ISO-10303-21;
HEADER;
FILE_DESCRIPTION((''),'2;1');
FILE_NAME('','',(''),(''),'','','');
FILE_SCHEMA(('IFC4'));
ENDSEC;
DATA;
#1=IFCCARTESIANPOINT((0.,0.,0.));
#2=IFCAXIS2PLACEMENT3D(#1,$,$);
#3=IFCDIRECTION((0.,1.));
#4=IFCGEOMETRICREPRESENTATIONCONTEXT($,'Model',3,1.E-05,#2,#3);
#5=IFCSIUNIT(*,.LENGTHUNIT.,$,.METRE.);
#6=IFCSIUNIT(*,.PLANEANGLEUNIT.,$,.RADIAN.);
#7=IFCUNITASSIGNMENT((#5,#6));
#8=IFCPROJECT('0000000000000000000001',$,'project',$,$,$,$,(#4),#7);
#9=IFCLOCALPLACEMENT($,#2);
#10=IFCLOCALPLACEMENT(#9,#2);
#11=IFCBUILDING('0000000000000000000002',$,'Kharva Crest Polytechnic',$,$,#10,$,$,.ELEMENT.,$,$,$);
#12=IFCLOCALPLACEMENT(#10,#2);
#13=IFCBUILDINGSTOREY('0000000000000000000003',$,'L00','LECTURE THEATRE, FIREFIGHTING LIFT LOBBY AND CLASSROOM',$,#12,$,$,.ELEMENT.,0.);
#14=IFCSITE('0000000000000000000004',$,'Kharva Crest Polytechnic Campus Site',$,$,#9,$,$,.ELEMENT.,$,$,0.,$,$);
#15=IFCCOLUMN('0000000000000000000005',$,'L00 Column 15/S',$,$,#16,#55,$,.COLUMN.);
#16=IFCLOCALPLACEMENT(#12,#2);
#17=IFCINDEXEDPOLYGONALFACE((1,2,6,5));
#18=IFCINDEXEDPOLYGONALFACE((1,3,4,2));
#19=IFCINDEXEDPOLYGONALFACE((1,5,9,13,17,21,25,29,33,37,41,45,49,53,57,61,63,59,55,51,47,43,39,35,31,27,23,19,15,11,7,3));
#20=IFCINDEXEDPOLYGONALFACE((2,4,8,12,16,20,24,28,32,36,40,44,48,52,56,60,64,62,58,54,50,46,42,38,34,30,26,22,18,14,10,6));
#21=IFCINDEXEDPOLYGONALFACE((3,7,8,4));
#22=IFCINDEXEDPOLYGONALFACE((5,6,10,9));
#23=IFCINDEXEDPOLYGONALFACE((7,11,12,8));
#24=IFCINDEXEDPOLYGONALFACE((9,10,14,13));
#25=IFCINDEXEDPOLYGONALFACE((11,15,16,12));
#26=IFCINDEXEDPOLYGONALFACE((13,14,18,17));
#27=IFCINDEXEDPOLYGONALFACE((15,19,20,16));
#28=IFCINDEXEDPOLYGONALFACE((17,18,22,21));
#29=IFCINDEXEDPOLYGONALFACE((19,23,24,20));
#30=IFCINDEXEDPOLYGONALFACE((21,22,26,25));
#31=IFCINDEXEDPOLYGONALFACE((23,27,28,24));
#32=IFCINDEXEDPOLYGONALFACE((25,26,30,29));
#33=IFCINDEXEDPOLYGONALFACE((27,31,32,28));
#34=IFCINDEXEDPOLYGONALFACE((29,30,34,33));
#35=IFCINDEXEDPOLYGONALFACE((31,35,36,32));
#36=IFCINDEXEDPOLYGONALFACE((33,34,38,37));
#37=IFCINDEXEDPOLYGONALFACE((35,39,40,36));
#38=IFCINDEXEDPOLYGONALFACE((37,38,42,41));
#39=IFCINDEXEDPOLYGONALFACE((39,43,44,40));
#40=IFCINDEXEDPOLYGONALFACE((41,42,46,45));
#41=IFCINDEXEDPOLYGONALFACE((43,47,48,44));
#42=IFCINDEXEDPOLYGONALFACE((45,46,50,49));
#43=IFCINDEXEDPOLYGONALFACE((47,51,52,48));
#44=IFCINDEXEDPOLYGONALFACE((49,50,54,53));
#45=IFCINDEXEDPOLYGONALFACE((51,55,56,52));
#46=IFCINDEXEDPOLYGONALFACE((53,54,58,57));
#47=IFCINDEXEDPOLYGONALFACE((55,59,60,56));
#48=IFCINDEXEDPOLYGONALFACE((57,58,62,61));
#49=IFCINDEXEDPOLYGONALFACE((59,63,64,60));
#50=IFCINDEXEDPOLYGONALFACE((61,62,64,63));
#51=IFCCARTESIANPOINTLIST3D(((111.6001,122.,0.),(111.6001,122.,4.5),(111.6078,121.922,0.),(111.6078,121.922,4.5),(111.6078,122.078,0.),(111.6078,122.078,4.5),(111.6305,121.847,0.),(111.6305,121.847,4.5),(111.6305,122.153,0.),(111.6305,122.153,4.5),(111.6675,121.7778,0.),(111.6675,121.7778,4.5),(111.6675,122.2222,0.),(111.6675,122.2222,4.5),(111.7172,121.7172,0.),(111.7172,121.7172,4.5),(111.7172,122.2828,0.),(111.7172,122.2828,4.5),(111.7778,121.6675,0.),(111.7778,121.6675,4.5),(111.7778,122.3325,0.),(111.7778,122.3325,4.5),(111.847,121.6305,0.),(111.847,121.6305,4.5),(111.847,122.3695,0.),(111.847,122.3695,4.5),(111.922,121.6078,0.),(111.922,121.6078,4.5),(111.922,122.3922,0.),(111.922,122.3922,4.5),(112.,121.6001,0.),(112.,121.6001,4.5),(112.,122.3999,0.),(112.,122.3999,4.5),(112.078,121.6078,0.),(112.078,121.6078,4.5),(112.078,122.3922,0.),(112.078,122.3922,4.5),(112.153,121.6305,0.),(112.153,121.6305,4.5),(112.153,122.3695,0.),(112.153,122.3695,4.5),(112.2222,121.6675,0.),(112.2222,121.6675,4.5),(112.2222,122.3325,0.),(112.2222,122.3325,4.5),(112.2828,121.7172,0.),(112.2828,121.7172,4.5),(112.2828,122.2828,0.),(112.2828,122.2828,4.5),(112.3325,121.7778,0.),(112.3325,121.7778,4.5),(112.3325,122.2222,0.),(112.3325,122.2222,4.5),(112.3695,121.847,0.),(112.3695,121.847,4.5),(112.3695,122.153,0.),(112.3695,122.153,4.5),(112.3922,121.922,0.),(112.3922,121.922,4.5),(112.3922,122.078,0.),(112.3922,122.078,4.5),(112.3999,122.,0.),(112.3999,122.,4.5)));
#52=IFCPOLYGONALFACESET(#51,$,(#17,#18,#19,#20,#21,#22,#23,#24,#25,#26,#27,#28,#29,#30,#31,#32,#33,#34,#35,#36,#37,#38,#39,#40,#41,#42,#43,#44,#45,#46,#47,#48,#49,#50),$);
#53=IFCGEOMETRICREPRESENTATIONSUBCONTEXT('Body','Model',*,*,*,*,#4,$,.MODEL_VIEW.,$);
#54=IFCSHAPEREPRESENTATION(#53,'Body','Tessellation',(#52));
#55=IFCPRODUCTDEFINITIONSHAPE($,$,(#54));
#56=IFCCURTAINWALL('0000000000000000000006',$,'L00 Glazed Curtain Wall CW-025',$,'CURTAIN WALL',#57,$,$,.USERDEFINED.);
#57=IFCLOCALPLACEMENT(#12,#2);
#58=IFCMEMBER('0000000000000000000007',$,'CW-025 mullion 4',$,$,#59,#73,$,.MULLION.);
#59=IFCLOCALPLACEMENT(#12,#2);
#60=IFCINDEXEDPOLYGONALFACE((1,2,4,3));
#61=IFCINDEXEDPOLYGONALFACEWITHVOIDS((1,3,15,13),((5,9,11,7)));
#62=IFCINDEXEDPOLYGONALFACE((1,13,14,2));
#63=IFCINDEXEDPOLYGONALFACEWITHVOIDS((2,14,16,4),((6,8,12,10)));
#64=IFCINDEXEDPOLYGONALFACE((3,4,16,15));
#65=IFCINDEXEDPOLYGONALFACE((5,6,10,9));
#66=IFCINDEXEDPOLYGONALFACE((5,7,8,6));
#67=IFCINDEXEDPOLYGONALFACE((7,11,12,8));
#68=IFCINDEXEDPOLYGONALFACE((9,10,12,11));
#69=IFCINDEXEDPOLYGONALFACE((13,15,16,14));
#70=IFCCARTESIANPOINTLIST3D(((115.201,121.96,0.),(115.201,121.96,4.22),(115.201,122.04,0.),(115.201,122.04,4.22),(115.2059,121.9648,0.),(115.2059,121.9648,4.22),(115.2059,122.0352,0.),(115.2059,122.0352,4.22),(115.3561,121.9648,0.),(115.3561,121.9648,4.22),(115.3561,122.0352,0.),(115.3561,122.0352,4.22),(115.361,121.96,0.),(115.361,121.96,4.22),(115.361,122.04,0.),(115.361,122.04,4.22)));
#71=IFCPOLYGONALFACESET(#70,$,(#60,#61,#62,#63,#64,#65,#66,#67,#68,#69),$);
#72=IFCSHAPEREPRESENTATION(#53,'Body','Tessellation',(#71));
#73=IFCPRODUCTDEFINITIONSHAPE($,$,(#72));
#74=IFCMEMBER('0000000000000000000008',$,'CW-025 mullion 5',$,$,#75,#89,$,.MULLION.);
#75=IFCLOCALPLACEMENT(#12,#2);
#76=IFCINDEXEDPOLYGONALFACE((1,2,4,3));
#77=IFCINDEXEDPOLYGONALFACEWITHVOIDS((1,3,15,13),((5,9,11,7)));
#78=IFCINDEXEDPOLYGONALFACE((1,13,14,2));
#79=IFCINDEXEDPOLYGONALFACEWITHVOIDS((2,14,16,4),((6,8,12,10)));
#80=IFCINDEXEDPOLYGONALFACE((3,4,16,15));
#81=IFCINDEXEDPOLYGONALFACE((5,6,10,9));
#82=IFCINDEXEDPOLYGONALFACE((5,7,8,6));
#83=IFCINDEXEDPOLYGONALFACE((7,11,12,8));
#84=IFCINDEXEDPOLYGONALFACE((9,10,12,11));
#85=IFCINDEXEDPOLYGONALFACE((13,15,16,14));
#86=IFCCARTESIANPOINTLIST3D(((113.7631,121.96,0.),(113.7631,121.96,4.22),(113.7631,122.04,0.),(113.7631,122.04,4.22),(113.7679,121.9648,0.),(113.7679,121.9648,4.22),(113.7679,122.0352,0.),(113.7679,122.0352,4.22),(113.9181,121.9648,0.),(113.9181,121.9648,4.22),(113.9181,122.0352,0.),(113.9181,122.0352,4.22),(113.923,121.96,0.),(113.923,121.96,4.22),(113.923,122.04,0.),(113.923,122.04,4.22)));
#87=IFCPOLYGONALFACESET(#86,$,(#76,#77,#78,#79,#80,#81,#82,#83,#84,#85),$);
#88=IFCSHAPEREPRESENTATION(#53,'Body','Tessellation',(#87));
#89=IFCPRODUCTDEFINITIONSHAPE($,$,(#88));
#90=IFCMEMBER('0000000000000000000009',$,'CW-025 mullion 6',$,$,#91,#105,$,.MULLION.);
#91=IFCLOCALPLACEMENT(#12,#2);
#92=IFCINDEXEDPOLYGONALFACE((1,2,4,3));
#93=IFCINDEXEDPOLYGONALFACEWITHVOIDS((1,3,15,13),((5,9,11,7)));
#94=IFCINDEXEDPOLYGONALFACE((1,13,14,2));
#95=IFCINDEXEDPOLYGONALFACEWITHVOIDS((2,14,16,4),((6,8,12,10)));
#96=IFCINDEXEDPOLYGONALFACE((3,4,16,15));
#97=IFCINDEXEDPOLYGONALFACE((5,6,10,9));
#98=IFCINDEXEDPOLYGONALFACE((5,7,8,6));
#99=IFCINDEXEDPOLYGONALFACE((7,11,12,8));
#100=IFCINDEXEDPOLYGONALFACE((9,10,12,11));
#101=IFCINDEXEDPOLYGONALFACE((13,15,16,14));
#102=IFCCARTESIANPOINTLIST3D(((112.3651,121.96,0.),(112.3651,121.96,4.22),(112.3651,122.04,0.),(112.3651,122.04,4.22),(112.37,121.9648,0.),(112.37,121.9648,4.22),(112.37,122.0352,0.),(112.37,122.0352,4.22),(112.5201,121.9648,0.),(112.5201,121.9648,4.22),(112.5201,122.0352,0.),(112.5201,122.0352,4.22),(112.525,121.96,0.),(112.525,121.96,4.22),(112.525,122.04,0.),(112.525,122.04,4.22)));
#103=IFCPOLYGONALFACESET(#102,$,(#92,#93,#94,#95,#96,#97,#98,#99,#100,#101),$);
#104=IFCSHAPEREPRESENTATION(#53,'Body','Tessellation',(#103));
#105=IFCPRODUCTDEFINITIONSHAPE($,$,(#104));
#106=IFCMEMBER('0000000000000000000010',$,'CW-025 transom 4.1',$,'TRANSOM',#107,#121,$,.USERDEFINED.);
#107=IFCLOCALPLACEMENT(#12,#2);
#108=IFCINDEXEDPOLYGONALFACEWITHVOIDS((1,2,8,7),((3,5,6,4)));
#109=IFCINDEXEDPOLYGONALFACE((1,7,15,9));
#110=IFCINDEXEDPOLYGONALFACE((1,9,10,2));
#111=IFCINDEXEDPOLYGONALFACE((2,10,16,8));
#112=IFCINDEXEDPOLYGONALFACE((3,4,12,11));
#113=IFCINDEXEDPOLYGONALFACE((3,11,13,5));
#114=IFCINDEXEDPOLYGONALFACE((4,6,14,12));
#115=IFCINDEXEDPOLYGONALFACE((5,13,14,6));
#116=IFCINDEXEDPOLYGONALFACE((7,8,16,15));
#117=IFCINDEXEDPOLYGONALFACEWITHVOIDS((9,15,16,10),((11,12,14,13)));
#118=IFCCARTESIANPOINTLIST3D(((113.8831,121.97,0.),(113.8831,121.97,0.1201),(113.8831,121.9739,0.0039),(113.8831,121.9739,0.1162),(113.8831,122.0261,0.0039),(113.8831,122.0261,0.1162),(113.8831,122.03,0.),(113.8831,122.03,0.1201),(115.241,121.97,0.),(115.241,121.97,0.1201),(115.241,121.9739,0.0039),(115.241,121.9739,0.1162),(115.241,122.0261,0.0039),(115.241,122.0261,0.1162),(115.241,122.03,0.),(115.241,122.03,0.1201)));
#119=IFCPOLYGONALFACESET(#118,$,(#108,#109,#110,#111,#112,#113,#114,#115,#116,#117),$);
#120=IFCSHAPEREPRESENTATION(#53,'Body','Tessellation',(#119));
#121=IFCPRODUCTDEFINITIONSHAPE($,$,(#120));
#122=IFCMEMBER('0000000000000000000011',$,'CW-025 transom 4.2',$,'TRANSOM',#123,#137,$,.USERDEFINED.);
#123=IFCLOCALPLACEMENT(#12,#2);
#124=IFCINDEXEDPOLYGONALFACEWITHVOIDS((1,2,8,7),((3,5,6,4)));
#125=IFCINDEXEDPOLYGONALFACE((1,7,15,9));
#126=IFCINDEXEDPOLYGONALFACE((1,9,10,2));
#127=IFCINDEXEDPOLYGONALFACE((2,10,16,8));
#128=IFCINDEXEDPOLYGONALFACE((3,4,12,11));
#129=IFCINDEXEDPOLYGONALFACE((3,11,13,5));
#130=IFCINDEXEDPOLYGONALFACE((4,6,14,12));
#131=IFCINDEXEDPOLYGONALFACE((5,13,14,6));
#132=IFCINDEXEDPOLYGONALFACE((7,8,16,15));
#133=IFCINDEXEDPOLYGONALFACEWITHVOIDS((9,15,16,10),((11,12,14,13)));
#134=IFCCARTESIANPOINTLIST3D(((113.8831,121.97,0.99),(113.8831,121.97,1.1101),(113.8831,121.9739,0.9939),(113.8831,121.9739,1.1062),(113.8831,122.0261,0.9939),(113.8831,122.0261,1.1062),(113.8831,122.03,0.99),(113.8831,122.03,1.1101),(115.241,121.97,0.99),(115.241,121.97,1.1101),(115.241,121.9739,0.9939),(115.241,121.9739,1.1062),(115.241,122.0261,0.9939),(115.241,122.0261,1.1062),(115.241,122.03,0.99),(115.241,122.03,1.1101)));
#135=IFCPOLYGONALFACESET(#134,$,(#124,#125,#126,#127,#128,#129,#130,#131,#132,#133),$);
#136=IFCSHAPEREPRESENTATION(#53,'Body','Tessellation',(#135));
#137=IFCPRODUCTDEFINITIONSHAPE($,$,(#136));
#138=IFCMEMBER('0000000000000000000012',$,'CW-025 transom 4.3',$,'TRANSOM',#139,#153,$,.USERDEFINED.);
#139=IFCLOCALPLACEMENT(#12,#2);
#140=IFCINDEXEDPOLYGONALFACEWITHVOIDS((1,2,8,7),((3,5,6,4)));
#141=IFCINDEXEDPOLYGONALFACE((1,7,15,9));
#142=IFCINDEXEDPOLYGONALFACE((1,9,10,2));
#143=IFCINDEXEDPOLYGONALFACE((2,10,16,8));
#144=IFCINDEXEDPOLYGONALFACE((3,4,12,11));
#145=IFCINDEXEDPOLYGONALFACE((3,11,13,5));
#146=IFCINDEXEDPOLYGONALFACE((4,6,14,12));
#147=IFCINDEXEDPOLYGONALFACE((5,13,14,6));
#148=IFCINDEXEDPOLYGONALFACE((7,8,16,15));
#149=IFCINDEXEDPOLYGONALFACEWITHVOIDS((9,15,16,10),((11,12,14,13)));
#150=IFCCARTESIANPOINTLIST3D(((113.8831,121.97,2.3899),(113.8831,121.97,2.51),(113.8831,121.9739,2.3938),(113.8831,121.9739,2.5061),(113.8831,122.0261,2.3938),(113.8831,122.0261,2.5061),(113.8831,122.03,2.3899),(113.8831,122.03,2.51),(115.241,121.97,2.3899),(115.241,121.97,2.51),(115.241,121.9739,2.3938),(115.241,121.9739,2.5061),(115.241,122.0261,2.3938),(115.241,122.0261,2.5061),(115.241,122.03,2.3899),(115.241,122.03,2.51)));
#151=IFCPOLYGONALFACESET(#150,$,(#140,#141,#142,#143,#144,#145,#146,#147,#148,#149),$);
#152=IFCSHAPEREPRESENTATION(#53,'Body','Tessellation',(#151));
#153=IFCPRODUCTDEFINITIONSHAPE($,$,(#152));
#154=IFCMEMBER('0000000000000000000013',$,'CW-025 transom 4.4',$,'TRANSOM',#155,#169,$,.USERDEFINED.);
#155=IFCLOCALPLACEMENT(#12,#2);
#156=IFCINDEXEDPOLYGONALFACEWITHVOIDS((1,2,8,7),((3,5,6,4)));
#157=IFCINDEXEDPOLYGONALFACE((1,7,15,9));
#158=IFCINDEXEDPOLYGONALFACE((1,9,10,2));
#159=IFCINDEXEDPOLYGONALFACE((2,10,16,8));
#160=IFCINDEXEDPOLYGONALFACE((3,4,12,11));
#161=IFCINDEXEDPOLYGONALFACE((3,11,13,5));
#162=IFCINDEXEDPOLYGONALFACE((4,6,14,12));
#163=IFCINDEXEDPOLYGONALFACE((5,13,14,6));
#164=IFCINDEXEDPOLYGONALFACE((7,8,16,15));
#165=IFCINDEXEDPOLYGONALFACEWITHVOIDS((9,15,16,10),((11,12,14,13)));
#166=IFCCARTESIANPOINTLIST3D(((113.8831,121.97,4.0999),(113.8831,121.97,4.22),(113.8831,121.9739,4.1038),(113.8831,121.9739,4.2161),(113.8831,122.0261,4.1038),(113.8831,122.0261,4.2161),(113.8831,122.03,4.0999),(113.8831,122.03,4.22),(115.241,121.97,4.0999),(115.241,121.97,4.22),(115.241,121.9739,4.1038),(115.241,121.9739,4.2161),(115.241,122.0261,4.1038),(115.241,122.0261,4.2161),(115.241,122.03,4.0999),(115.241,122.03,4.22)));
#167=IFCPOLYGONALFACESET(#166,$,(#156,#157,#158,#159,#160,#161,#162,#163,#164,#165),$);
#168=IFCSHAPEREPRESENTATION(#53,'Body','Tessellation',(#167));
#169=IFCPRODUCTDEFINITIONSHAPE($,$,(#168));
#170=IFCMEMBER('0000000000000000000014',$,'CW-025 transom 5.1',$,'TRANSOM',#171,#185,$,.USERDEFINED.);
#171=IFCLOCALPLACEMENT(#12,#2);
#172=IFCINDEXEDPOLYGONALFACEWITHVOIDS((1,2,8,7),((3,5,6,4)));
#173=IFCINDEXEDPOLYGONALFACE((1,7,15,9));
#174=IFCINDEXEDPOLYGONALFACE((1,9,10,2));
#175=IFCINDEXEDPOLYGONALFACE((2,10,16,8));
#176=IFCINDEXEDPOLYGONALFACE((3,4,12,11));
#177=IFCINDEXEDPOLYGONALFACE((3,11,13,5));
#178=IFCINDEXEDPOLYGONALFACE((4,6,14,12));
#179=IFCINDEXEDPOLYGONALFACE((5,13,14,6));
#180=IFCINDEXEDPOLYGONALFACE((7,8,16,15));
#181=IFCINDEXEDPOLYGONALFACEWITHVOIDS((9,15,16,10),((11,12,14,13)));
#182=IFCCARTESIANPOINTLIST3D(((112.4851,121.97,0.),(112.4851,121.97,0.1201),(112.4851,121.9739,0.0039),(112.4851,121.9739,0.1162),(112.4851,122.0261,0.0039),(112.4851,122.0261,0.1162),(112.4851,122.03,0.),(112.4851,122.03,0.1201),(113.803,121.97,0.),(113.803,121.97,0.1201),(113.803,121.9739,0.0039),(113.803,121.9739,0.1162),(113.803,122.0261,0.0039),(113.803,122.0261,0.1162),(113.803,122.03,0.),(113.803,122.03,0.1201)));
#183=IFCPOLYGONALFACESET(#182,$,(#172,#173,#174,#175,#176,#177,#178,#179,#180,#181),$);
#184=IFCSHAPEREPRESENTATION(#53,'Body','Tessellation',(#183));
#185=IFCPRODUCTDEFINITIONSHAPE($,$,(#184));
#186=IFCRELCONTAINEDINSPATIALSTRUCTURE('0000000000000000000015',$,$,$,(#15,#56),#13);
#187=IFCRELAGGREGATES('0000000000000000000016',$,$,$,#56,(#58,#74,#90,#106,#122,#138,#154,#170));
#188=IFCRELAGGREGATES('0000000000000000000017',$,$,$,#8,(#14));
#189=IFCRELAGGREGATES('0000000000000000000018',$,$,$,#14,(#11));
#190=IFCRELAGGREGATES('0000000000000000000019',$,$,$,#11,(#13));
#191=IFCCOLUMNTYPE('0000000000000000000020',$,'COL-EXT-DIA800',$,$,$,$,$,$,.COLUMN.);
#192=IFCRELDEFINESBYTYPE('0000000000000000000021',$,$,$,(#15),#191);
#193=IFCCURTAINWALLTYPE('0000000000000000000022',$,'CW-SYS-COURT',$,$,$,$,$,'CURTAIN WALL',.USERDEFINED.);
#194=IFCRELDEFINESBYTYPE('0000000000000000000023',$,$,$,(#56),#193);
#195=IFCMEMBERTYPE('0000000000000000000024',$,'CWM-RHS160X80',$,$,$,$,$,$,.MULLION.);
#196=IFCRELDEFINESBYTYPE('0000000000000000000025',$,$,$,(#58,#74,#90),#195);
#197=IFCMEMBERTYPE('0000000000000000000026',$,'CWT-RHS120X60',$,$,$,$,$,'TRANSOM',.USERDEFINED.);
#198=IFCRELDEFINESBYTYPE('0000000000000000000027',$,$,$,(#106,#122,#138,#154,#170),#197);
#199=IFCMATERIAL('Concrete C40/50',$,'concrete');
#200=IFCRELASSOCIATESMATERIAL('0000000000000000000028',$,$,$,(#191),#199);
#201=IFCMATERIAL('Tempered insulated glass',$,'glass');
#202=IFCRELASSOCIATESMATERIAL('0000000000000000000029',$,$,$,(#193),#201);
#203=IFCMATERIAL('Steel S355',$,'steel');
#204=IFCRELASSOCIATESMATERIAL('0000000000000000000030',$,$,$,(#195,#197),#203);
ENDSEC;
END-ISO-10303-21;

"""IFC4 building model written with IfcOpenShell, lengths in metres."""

from ifc_helpers import new_model, si_unit, direction, frame, origin, origin_2d, place, context, subcontext, project, spatial, hollow_rectangle, circle, extrude, material, material_profile, profile_set, type_object, element, aggregate, save


model = new_model("IFC4")

# Units and contexts
model_context = context("Model", 3, precision=1e-05, world=origin(), true_north=direction((0.0, 1.0)))
body_context = subcontext(model_context, "Body", "Model", "MODEL_VIEW")
ifc_project = project(units=[si_unit("LENGTHUNIT", "METRE"), si_unit("PLANEANGLEUNIT", "RADIAN")], contexts=[model_context])

# Site, building, storey
site_placement = place(None, origin())
site = spatial("IfcSite", under=ifc_project, at=site_placement, Name="Kharva Crest Polytechnic Campus Site", CompositionType="ELEMENT", RefElevation=0.0)
building_placement = place(site_placement, origin())
building = spatial("IfcBuilding", under=site, at=building_placement, Name="Kharva Crest Polytechnic", CompositionType="ELEMENT")
storey_placement = place(building_placement, origin())
storey = spatial("IfcBuildingStorey", under=building, at=storey_placement, Name="L00", Description="LECTURE THEATRE, FIREFIGHTING LIFT LOBBY AND CLASSROOM", CompositionType="ELEMENT", Elevation=0.0)

# Column
ifc_material_1 = material(Name="Concrete C40/50", Category="concrete")
ifc_material_profile_1 = material_profile(ifc_material_1, circle(Radius=0.3999, at=origin_2d()), Name="DIA 800")
ifc_profile_set_1 = profile_set([ifc_material_profile_1], Name="Concrete C40/50")
column_type = type_object("IfcColumnType", Name="COL-EXT-DIA800", PredefinedType="COLUMN", material=ifc_profile_set_1)
column_placement = place(storey_placement, frame((112.0, 122.0, 0.0), z_axis=(0.0, 0.0, 1.0), x_axis=(1.0, 0.0, 0.0)))
element("IfcColumn", 1, at=column_placement, inside=storey, type_object=column_type, Name="L00 Column 15/S", PredefinedType="COLUMN", context=body_context, shape_type="SweptSolid", body=[
    extrude(circle(Radius=0.3999, at=origin_2d()), origin(), (0.0, 0.0, 1.0), 4.5),
])

# Curtain wall, members
ifc_material_2 = material(Name="Tempered insulated glass", Category="glass")
curtain_wall_type = type_object("IfcCurtainWallType", Name="CW-SYS-COURT", ElementType="CURTAIN WALL", PredefinedType="USERDEFINED", material=ifc_material_2)
curtain_wall_placement = place(storey_placement, origin())
curtain_wall = element("IfcCurtainWall", 2, at=curtain_wall_placement, inside=storey, type_object=curtain_wall_type, Name="L00 Glazed Curtain Wall CW-025", ObjectType="CURTAIN WALL", PredefinedType="USERDEFINED")
ifc_material_3 = material(Name="Steel S355", Category="steel")
ifc_material_profile_2 = material_profile(ifc_material_3, hollow_rectangle(XDim=0.0801, YDim=0.1599, WallThickness=0.0049, at=origin_2d()), Name="RHS 160X80X5.0")
ifc_profile_set_2 = profile_set([ifc_material_profile_2], Name="Steel S355")
member_type_1 = type_object("IfcMemberType", Name="CWM-RHS160X80", PredefinedType="MULLION", material=ifc_profile_set_2)
member_1_placement = place(storey_placement, frame((115.281, 122.0, 0.0), z_axis=(0.0, 0.0, 1.0), x_axis=(0.0, -1.0, 0.0)))
member_1 = element("IfcMember", 3, at=member_1_placement, type_object=member_type_1, Name="CW-025 mullion 4", PredefinedType="MULLION", context=body_context, shape_type="SweptSolid", body=[
    extrude(hollow_rectangle(XDim=0.0801, YDim=0.1599, WallThickness=0.0049, at=origin_2d()), origin(), (0.0, 0.0, 1.0), 4.22),
])
member_2_placement = place(storey_placement, frame((113.843, 122.0, 0.0), z_axis=(0.0, 0.0, 1.0), x_axis=(0.0, -1.0, 0.0)))
member_2 = element("IfcMember", 4, at=member_2_placement, type_object=member_type_1, Name="CW-025 mullion 5", PredefinedType="MULLION", context=body_context, shape_type="SweptSolid", body=[
    extrude(hollow_rectangle(XDim=0.0801, YDim=0.1599, WallThickness=0.0049, at=origin_2d()), origin(), (0.0, 0.0, 1.0), 4.22),
])
member_3_placement = place(storey_placement, frame((112.4451, 122.0, 0.0), z_axis=(0.0, 0.0, 1.0), x_axis=(0.0, -1.0, 0.0)))
member_3 = element("IfcMember", 5, at=member_3_placement, type_object=member_type_1, Name="CW-025 mullion 6", PredefinedType="MULLION", context=body_context, shape_type="SweptSolid", body=[
    extrude(hollow_rectangle(XDim=0.0801, YDim=0.1599, WallThickness=0.0049, at=origin_2d()), origin(), (0.0, 0.0, 1.0), 4.22),
])
ifc_material_profile_3 = material_profile(ifc_material_3, hollow_rectangle(XDim=0.0601, YDim=0.1201, WallThickness=0.0039, at=origin_2d()), Name="RHS 120X60X4.0")
ifc_profile_set_3 = profile_set([ifc_material_profile_3], Name="Steel S355")
member_type_2 = type_object("IfcMemberType", Name="CWT-RHS120X60", ElementType="TRANSOM", PredefinedType="USERDEFINED", material=ifc_profile_set_3)
member_4_placement = place(storey_placement, frame((115.241, 122.0, 0.0601), z_axis=(-1.0, 0.0, 0.0), x_axis=(0.0, -1.0, 0.0)))
member_4 = element("IfcMember", 6, at=member_4_placement, type_object=member_type_2, Name="CW-025 transom 4.1", ObjectType="TRANSOM", PredefinedType="USERDEFINED", context=body_context, shape_type="SweptSolid", body=[
    extrude(hollow_rectangle(XDim=0.0601, YDim=0.1201, WallThickness=0.0039, at=origin_2d()), origin(), (0.0, 0.0, 1.0), 1.3579),
])
member_5_placement = place(storey_placement, frame((115.241, 122.0, 1.05), z_axis=(-1.0, 0.0, 0.0), x_axis=(0.0, -1.0, 0.0)))
member_5 = element("IfcMember", 7, at=member_5_placement, type_object=member_type_2, Name="CW-025 transom 4.2", ObjectType="TRANSOM", PredefinedType="USERDEFINED", context=body_context, shape_type="SweptSolid", body=[
    extrude(hollow_rectangle(XDim=0.0601, YDim=0.1201, WallThickness=0.0039, at=origin_2d()), origin(), (0.0, 0.0, 1.0), 1.3579),
])
member_6_placement = place(storey_placement, frame((115.241, 122.0, 2.45), z_axis=(-1.0, 0.0, 0.0), x_axis=(0.0, -1.0, 0.0)))
member_6 = element("IfcMember", 8, at=member_6_placement, type_object=member_type_2, Name="CW-025 transom 4.3", ObjectType="TRANSOM", PredefinedType="USERDEFINED", context=body_context, shape_type="SweptSolid", body=[
    extrude(hollow_rectangle(XDim=0.0601, YDim=0.1201, WallThickness=0.0039, at=origin_2d()), origin(), (0.0, 0.0, 1.0), 1.3579),
])
member_7_placement = place(storey_placement, frame((115.241, 122.0, 4.1599), z_axis=(-1.0, 0.0, 0.0), x_axis=(0.0, -1.0, 0.0)))
member_7 = element("IfcMember", 9, at=member_7_placement, type_object=member_type_2, Name="CW-025 transom 4.4", ObjectType="TRANSOM", PredefinedType="USERDEFINED", context=body_context, shape_type="SweptSolid", body=[
    extrude(hollow_rectangle(XDim=0.0601, YDim=0.1201, WallThickness=0.0039, at=origin_2d()), origin(), (0.0, 0.0, 1.0), 1.3579),
])
member_8_placement = place(storey_placement, frame((113.803, 122.0, 0.0601), z_axis=(-1.0, 0.0, 0.0), x_axis=(0.0, -1.0, 0.0)))
member_8 = element("IfcMember", 10, at=member_8_placement, type_object=member_type_2, Name="CW-025 transom 5.1", ObjectType="TRANSOM", PredefinedType="USERDEFINED", context=body_context, shape_type="SweptSolid", body=[
    extrude(hollow_rectangle(XDim=0.0601, YDim=0.1201, WallThickness=0.0039, at=origin_2d()), origin(), (0.0, 0.0, 1.0), 1.3179),
])
aggregate(curtain_wall, [member_1, member_2, member_3, member_4, member_5, member_6, member_7, member_8])

save(model, "model.ifc")
